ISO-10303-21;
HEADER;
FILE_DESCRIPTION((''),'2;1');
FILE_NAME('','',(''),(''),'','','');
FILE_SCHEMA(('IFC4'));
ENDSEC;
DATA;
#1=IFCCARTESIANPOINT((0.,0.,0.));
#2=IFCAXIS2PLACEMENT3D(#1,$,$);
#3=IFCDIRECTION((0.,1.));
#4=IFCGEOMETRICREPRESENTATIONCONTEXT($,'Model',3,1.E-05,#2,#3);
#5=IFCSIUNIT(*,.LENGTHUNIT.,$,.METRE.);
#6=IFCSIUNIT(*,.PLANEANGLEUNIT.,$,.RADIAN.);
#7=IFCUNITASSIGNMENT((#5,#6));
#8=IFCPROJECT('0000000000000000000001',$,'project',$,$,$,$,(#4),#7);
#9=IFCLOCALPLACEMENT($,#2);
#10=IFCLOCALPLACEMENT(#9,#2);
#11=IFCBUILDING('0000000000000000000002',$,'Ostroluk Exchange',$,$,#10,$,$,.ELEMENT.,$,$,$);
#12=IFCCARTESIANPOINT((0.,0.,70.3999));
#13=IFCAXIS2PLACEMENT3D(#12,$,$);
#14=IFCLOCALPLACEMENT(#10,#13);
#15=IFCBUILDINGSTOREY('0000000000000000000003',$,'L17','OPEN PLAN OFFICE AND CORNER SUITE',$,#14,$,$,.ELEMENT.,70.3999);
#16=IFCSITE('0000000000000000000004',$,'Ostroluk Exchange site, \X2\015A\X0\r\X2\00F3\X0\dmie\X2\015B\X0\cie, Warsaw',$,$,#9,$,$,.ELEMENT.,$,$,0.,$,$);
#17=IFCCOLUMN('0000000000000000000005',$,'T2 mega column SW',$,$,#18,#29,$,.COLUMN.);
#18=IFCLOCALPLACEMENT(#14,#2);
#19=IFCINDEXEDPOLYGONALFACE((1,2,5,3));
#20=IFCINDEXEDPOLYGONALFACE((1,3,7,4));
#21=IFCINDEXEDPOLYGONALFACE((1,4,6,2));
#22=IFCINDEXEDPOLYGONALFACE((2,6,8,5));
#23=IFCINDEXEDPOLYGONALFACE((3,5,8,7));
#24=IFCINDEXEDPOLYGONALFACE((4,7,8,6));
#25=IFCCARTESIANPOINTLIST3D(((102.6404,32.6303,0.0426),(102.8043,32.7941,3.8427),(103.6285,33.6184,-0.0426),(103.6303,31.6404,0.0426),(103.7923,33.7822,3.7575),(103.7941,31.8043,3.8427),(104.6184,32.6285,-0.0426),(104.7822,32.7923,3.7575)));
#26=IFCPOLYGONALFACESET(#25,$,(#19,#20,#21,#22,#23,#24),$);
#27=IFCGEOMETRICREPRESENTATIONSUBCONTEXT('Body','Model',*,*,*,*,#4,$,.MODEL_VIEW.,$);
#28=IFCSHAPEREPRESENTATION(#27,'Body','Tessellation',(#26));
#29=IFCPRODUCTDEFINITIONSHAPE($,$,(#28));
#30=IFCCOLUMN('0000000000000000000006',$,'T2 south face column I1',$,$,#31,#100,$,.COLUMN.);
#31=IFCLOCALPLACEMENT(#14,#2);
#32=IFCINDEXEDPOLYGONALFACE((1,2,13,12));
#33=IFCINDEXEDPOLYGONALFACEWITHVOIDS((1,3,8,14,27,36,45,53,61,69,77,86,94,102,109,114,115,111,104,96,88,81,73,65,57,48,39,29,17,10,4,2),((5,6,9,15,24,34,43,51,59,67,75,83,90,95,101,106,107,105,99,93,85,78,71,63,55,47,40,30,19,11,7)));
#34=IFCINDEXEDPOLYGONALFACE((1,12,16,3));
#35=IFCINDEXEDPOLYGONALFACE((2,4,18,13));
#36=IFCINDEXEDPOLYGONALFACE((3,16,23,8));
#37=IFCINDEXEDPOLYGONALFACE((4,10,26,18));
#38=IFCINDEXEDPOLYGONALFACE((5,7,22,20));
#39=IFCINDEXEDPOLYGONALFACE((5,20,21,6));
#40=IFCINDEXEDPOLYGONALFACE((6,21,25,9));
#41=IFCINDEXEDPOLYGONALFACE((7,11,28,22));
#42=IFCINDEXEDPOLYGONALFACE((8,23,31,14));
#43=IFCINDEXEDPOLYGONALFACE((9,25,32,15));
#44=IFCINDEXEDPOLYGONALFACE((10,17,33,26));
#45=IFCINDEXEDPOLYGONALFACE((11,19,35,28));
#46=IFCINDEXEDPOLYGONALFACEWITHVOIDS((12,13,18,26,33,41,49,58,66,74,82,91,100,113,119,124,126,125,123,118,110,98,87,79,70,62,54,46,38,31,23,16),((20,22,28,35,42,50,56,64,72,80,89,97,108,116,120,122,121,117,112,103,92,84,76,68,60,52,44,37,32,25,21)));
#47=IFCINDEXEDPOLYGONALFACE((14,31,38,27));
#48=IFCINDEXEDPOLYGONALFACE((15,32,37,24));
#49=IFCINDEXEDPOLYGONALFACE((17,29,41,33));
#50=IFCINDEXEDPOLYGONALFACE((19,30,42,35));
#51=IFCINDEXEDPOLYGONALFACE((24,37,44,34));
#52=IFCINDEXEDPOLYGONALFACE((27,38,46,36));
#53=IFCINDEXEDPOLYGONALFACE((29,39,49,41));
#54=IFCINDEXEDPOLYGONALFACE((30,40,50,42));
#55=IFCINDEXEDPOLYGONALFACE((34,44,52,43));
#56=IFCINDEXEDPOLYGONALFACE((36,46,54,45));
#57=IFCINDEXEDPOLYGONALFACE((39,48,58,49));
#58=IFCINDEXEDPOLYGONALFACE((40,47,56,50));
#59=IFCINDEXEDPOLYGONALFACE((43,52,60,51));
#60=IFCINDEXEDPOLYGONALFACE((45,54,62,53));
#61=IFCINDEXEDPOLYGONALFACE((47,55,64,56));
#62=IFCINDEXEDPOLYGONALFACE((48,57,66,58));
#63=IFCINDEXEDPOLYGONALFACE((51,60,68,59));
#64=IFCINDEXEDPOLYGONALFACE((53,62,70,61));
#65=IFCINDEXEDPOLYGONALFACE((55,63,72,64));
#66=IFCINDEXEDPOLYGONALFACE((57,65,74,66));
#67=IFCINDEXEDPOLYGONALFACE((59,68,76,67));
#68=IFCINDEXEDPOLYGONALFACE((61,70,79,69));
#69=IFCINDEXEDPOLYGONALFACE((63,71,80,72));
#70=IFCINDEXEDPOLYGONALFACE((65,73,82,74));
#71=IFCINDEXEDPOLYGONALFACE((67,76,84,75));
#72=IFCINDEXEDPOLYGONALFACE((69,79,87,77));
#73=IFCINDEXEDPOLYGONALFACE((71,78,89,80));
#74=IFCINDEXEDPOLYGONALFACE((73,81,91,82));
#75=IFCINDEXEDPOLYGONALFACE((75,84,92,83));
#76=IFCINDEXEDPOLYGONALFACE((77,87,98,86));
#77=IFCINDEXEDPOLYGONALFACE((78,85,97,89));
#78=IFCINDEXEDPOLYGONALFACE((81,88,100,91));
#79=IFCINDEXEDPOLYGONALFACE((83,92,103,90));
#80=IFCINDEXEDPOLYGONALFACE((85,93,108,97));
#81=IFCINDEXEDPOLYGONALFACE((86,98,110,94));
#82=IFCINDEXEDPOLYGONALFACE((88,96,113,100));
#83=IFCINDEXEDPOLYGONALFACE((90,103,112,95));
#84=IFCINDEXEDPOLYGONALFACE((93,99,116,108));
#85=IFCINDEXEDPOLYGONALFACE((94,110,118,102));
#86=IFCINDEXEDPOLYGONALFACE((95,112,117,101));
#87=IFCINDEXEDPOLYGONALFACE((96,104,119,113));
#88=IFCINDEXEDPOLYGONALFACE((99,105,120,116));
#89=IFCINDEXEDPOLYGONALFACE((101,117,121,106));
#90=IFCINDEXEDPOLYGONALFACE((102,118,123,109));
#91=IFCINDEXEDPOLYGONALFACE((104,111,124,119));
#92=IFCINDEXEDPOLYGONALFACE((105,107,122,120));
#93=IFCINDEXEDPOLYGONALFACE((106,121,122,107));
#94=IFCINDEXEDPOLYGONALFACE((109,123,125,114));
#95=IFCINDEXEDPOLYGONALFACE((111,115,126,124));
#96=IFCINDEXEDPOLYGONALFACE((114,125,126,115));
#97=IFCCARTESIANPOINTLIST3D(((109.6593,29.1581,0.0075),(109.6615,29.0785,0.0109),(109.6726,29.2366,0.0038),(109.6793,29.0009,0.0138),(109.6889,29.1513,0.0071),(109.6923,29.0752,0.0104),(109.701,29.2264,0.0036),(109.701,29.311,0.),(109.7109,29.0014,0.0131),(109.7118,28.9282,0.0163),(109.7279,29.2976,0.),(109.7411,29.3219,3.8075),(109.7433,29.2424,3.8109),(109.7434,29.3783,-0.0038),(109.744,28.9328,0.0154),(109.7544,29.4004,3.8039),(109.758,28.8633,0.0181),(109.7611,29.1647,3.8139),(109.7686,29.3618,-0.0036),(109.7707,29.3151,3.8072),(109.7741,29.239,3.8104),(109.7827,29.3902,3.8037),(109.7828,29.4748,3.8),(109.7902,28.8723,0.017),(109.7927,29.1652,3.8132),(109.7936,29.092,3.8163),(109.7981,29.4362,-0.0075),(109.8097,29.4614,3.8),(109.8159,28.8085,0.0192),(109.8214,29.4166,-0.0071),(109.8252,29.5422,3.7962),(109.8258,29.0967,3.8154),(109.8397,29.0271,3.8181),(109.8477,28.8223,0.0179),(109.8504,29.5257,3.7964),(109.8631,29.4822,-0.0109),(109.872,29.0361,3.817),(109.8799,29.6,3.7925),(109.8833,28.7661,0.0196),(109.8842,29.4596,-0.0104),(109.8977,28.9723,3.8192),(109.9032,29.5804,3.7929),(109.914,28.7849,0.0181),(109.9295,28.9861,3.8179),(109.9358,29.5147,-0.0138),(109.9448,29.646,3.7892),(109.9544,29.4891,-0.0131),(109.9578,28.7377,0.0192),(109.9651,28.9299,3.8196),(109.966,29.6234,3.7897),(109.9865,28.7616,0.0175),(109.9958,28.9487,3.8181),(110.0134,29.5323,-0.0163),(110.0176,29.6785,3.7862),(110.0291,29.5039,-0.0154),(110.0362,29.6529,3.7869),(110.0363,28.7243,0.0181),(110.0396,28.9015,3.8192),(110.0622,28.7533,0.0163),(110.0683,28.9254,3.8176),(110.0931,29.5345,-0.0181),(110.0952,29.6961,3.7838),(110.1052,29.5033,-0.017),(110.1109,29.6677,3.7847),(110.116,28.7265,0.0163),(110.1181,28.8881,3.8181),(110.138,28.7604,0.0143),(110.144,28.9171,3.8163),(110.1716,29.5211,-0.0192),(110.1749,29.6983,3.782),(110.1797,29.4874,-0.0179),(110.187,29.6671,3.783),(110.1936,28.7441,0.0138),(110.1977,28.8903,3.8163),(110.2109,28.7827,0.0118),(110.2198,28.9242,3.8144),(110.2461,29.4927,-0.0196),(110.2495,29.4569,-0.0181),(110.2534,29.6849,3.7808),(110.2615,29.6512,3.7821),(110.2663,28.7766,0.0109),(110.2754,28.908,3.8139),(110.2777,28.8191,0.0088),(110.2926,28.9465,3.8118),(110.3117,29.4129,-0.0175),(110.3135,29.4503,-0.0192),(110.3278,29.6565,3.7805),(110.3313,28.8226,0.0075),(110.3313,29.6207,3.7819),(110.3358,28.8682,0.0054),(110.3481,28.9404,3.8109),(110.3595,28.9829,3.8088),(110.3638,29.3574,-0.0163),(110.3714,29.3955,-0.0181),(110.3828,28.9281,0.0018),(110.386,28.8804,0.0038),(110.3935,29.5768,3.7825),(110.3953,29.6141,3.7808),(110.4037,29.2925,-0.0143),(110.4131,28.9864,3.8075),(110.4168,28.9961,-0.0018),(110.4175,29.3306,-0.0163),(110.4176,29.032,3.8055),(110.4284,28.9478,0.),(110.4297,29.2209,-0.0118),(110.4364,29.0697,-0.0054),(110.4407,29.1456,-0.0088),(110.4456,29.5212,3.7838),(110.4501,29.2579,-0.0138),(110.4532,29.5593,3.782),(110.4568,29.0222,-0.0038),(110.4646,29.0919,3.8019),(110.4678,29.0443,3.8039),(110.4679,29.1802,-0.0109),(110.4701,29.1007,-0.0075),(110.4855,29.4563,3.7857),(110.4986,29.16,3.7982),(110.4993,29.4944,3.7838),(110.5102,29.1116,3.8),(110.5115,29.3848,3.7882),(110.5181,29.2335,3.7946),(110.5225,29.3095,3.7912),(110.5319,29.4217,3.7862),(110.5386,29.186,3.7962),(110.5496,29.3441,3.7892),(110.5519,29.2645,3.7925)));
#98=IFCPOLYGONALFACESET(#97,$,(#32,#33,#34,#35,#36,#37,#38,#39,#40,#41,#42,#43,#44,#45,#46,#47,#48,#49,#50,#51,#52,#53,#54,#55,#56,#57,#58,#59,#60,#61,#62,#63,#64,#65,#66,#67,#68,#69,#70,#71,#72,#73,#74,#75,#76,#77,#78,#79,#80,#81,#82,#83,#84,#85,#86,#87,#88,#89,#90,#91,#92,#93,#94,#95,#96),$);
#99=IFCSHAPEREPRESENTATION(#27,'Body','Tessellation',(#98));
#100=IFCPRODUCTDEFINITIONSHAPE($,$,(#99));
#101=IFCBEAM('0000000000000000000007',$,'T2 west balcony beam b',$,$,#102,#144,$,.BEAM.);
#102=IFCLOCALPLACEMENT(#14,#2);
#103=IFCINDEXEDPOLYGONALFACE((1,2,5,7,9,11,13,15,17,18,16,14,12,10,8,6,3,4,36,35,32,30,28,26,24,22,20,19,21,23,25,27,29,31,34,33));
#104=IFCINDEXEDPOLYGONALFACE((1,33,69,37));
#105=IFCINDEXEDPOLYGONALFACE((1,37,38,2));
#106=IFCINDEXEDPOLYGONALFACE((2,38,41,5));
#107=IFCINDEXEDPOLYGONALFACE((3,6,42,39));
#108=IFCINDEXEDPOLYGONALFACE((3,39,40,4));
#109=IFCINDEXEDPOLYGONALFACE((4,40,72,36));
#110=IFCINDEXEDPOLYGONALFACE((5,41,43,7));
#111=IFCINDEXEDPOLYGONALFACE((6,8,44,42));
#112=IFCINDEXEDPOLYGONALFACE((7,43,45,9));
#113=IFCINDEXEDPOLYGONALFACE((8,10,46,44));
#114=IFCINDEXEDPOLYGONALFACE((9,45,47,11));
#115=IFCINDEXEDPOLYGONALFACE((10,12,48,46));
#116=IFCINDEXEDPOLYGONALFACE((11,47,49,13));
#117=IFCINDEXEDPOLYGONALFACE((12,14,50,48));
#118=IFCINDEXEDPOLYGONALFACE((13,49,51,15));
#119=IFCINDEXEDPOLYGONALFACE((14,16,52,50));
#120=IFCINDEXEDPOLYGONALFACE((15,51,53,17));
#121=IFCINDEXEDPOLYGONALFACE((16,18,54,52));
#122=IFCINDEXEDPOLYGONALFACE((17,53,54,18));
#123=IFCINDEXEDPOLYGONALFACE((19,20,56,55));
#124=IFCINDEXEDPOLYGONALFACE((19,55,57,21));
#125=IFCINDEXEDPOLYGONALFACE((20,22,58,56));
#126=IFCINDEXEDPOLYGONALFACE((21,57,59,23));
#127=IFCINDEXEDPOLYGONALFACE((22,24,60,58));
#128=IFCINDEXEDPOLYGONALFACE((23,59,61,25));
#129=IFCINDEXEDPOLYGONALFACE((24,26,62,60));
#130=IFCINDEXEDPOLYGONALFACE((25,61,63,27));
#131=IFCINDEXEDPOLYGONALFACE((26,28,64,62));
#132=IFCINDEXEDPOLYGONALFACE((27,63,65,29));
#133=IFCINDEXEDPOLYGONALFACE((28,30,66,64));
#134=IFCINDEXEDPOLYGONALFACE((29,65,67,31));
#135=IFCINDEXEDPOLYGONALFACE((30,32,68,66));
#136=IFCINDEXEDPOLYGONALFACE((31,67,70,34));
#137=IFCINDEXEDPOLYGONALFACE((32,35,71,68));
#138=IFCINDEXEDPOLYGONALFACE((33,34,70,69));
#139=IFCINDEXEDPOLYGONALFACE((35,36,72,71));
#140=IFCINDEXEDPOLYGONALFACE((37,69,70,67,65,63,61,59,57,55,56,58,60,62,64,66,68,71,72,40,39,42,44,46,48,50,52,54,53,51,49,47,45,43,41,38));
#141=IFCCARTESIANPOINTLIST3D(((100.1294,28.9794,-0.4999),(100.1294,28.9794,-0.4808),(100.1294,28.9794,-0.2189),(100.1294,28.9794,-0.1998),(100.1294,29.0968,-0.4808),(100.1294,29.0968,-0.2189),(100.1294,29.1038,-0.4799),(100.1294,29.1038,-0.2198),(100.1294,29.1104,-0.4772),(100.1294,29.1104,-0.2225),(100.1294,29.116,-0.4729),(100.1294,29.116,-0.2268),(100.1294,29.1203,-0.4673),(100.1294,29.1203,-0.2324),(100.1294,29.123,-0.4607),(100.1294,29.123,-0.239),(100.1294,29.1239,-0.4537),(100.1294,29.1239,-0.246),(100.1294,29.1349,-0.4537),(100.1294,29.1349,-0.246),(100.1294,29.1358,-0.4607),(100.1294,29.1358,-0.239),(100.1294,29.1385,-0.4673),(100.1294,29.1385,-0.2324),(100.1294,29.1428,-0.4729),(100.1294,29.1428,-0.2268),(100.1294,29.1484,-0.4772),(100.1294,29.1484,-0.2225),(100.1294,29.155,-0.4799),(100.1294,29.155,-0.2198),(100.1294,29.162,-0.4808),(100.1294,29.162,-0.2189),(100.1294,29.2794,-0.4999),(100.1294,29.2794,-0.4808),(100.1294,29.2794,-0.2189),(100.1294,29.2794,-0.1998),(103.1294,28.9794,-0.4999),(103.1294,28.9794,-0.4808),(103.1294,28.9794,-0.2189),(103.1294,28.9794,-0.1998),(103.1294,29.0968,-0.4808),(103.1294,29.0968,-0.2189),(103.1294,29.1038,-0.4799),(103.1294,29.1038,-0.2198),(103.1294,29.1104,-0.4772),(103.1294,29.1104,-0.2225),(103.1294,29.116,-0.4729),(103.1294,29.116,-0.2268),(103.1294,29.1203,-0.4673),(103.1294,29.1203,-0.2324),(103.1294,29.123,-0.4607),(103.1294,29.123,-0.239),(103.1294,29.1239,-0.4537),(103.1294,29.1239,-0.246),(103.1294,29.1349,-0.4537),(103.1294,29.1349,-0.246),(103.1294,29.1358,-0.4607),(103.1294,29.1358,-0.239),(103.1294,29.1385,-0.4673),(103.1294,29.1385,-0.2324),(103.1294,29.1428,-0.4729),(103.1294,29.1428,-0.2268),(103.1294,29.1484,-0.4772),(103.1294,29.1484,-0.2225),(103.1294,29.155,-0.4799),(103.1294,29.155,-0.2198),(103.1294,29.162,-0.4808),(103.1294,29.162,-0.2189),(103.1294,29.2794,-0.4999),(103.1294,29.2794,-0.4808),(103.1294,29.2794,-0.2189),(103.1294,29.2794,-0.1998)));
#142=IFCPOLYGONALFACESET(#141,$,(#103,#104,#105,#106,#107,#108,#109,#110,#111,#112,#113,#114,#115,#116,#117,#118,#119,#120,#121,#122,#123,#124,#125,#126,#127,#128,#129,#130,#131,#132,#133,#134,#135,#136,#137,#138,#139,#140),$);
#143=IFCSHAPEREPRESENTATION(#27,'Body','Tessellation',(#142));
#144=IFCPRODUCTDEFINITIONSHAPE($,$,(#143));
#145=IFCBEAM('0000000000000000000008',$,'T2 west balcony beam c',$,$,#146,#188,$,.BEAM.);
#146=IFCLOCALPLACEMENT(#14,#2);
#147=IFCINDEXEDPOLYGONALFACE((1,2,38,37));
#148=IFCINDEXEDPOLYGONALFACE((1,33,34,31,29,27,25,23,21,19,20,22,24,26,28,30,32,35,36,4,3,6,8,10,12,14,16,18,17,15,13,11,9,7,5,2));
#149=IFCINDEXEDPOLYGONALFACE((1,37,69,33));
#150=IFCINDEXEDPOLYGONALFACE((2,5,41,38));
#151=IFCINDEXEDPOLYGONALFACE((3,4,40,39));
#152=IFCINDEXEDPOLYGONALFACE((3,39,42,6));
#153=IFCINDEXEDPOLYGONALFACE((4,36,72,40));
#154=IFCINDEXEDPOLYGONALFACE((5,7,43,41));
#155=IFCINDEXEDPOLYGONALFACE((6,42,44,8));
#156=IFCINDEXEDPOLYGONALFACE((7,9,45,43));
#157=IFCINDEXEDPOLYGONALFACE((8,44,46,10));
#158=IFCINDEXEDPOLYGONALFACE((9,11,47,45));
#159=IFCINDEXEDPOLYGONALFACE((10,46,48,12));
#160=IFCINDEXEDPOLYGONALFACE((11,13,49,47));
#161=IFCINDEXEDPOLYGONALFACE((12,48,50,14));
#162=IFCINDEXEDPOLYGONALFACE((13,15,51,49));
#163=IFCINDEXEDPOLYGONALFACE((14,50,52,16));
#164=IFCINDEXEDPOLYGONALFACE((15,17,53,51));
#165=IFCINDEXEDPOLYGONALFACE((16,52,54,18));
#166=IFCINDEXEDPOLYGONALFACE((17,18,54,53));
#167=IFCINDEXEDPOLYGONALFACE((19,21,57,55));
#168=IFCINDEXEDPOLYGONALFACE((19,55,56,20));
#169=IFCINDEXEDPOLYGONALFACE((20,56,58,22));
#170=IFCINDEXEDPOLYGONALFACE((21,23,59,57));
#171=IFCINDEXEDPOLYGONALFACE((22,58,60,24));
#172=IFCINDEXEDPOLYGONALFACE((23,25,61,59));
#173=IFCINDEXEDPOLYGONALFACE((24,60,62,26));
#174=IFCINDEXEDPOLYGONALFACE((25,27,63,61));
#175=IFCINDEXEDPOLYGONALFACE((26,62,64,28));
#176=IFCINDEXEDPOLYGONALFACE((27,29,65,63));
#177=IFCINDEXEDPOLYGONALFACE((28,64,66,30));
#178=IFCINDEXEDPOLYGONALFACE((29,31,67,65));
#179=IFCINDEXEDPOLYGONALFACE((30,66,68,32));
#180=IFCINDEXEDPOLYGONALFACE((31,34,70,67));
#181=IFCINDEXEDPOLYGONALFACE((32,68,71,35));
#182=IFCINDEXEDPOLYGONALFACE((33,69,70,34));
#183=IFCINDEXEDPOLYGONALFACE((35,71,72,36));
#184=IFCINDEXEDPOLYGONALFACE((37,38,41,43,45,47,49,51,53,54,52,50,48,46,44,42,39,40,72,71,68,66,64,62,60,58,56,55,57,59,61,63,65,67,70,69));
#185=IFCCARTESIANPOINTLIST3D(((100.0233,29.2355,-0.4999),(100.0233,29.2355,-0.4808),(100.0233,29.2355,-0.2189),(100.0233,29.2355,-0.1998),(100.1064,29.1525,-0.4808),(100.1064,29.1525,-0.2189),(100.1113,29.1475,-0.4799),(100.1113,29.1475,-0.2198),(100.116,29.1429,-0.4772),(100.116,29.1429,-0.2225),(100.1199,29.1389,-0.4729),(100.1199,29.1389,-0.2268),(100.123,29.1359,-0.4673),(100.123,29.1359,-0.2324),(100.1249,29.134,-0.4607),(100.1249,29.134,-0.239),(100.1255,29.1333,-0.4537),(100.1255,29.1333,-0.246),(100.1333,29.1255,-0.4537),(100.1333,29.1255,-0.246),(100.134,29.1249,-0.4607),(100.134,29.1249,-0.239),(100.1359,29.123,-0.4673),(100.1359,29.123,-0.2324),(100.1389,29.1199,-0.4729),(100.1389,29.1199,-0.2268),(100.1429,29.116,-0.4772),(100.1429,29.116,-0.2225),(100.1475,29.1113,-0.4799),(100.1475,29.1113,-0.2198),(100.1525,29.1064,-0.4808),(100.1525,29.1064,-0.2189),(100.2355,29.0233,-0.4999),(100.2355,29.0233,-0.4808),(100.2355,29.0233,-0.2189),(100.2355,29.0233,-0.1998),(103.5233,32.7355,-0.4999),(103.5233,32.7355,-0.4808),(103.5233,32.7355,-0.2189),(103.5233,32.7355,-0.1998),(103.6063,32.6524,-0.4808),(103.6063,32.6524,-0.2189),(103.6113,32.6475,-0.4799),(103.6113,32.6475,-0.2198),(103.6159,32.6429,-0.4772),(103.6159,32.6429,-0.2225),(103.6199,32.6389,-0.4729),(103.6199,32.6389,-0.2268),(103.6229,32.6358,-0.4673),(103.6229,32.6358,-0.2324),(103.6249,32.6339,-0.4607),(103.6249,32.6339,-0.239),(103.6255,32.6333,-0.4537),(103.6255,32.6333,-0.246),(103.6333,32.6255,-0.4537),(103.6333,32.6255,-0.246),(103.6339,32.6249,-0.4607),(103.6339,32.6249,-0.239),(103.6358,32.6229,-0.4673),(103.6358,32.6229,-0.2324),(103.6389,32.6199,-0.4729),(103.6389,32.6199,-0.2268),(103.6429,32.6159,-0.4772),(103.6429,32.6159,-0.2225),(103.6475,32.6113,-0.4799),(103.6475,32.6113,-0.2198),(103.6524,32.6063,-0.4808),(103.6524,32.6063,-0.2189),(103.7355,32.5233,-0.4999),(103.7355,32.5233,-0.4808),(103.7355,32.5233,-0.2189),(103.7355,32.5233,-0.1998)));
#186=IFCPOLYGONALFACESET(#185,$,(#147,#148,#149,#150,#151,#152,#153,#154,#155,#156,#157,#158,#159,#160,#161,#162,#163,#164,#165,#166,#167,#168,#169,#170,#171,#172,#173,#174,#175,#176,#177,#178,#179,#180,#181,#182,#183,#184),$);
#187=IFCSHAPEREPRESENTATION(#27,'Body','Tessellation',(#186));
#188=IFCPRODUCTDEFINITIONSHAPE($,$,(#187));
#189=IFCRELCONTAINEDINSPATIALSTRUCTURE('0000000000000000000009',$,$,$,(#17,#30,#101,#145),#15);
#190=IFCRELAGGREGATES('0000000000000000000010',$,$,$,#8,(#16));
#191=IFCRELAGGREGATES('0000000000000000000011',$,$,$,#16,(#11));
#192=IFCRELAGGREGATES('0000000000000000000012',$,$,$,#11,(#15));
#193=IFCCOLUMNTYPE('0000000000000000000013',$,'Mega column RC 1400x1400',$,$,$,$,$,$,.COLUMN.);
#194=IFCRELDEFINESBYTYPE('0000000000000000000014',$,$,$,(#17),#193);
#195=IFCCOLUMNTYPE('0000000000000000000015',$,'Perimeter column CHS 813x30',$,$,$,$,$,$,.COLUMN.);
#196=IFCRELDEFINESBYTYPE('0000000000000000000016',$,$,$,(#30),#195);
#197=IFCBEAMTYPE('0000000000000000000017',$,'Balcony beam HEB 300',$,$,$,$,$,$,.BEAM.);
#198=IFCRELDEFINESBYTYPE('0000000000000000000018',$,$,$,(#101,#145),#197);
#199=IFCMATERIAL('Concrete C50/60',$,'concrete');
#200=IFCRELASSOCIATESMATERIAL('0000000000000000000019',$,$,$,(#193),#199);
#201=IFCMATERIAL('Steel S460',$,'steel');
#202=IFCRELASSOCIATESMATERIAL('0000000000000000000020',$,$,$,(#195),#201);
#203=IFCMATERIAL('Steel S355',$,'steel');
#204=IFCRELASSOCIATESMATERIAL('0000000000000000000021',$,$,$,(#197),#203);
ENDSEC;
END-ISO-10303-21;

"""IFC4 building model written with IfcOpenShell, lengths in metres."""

from ifc_helpers import new_model, si_unit, direction, frame, origin, origin_2d, place, context, subcontext, project, spatial, rectangle, hollow_circle, i_section, extrude, material, material_profile, profile_set, type_object, element, save


model = new_model("IFC4")

# Units and contexts
model_context = context("Model", 3, precision=1e-05, world=origin(), true_north=direction((0.0, 1.0)))
body_context = subcontext(model_context, "Body", "Model", "MODEL_VIEW")
ifc_project = project(units=[si_unit("LENGTHUNIT", "METRE"), si_unit("PLANEANGLEUNIT", "RADIAN")], contexts=[model_context])

# Site, building, storey
site_placement = place(None, origin())
site = spatial("IfcSite", under=ifc_project, at=site_placement, Name="Ostroluk Exchange site, Śródmieście, Warsaw", CompositionType="ELEMENT", RefElevation=0.0)
building_placement = place(site_placement, origin())
building = spatial("IfcBuilding", under=site, at=building_placement, Name="Ostroluk Exchange", CompositionType="ELEMENT")
storey_placement = place(building_placement, frame((0.0, 0.0, 70.3999)))
storey = spatial("IfcBuildingStorey", under=building, at=storey_placement, Name="L17", Description="OPEN PLAN OFFICE AND CORNER SUITE", CompositionType="ELEMENT", Elevation=70.3999)

# Columns
ifc_material_1 = material(Name="Concrete C50/60", Category="concrete")
ifc_material_profile_1 = material_profile(ifc_material_1, rectangle(XDim=1.3999, YDim=1.3999, at=origin_2d()), Name="RC 1400x1400")
ifc_profile_set_1 = profile_set([ifc_material_profile_1], Name="Concrete C50/60")
column_type_1 = type_object("IfcColumnType", Name="Mega column RC 1400x1400", PredefinedType="COLUMN", material=ifc_profile_set_1)
column_1_placement = place(storey_placement, frame((103.6294, 32.6294, 0.0), z_axis=(0.04303, 0.04303, 0.998147), x_axis=(-0.707107, 0.707107, 0.0)))
element("IfcColumn", 1, at=column_1_placement, inside=storey, type_object=column_type_1, Name="T2 mega column SW", PredefinedType="COLUMN", context=body_context, shape_type="SweptSolid", body=[
    extrude(rectangle(XDim=1.3999, YDim=1.3999, at=origin_2d()), origin(), (0.0, 0.0, 1.0), 3.8071),
])
ifc_material_2 = material(Name="Steel S460", Category="steel")
ifc_material_profile_2 = material_profile(ifc_material_2, hollow_circle(Radius=0.4065, WallThickness=0.03, at=origin_2d()), Name="CHS 813x30")
ifc_profile_set_2 = profile_set([ifc_material_profile_2], Name="Steel S460")
column_type_2 = type_object("IfcColumnType", Name="Perimeter column CHS 813x30", PredefinedType="COLUMN", material=ifc_profile_set_2)
column_2_placement = place(storey_placement, frame((110.0647, 29.1294, 0.0), z_axis=(0.021498, 0.04306, 0.998841), x_axis=(-0.894694, 0.44668, 0.0)))
element("IfcColumn", 2, at=column_2_placement, inside=storey, type_object=column_type_2, Name="T2 south face column I1", PredefinedType="COLUMN", context=body_context, shape_type="SweptSolid", body=[
    extrude(hollow_circle(Radius=0.4065, WallThickness=0.03, at=origin_2d()), origin(), (0.0, 0.0, 1.0), 3.8044),
])

# Beams
ifc_material_3 = material(Name="Steel S355", Category="steel")
ifc_material_profile_3 = material_profile(ifc_material_3, i_section(OverallWidth=0.3, OverallDepth=0.3, WebThickness=0.011, FlangeThickness=0.019, FilletRadius=0.0271, at=origin_2d()), Name="HEB 300")
ifc_profile_set_3 = profile_set([ifc_material_profile_3], Name="Steel S355")
beam_type_1 = type_object("IfcBeamType", Name="Balcony beam HEB 300", PredefinedType="BEAM", material=ifc_profile_set_3)
beam_1_placement = place(storey_placement, frame((103.1294, 29.1294, -0.3499), z_axis=(-1.0, 0.0, 0.0), x_axis=(0.0, -1.0, 0.0)))
element("IfcBeam", 3, at=beam_1_placement, inside=storey, type_object=beam_type_1, Name="T2 west balcony beam b", PredefinedType="BEAM", context=body_context, shape_type="SweptSolid", body=[
    extrude(i_section(OverallWidth=0.3, OverallDepth=0.3, WebThickness=0.011, FlangeThickness=0.019, FilletRadius=0.0271, at=origin_2d()), origin(), (0.0, 0.0, 1.0), 3.0),
])
beam_2_placement = place(storey_placement, frame((103.6294, 32.6294, -0.3499), z_axis=(-0.707107, -0.707107, 0.0), x_axis=(0.707107, -0.707107, 0.0)))
element("IfcBeam", 4, at=beam_2_placement, inside=storey, type_object=beam_type_1, Name="T2 west balcony beam c", PredefinedType="BEAM", context=body_context, shape_type="SweptSolid", body=[
    extrude(i_section(OverallWidth=0.3, OverallDepth=0.3, WebThickness=0.011, FlangeThickness=0.019, FilletRadius=0.0271, at=origin_2d()), origin(), (0.0, 0.0, 1.0), 4.9497),
])

save(model, "model.ifc")
